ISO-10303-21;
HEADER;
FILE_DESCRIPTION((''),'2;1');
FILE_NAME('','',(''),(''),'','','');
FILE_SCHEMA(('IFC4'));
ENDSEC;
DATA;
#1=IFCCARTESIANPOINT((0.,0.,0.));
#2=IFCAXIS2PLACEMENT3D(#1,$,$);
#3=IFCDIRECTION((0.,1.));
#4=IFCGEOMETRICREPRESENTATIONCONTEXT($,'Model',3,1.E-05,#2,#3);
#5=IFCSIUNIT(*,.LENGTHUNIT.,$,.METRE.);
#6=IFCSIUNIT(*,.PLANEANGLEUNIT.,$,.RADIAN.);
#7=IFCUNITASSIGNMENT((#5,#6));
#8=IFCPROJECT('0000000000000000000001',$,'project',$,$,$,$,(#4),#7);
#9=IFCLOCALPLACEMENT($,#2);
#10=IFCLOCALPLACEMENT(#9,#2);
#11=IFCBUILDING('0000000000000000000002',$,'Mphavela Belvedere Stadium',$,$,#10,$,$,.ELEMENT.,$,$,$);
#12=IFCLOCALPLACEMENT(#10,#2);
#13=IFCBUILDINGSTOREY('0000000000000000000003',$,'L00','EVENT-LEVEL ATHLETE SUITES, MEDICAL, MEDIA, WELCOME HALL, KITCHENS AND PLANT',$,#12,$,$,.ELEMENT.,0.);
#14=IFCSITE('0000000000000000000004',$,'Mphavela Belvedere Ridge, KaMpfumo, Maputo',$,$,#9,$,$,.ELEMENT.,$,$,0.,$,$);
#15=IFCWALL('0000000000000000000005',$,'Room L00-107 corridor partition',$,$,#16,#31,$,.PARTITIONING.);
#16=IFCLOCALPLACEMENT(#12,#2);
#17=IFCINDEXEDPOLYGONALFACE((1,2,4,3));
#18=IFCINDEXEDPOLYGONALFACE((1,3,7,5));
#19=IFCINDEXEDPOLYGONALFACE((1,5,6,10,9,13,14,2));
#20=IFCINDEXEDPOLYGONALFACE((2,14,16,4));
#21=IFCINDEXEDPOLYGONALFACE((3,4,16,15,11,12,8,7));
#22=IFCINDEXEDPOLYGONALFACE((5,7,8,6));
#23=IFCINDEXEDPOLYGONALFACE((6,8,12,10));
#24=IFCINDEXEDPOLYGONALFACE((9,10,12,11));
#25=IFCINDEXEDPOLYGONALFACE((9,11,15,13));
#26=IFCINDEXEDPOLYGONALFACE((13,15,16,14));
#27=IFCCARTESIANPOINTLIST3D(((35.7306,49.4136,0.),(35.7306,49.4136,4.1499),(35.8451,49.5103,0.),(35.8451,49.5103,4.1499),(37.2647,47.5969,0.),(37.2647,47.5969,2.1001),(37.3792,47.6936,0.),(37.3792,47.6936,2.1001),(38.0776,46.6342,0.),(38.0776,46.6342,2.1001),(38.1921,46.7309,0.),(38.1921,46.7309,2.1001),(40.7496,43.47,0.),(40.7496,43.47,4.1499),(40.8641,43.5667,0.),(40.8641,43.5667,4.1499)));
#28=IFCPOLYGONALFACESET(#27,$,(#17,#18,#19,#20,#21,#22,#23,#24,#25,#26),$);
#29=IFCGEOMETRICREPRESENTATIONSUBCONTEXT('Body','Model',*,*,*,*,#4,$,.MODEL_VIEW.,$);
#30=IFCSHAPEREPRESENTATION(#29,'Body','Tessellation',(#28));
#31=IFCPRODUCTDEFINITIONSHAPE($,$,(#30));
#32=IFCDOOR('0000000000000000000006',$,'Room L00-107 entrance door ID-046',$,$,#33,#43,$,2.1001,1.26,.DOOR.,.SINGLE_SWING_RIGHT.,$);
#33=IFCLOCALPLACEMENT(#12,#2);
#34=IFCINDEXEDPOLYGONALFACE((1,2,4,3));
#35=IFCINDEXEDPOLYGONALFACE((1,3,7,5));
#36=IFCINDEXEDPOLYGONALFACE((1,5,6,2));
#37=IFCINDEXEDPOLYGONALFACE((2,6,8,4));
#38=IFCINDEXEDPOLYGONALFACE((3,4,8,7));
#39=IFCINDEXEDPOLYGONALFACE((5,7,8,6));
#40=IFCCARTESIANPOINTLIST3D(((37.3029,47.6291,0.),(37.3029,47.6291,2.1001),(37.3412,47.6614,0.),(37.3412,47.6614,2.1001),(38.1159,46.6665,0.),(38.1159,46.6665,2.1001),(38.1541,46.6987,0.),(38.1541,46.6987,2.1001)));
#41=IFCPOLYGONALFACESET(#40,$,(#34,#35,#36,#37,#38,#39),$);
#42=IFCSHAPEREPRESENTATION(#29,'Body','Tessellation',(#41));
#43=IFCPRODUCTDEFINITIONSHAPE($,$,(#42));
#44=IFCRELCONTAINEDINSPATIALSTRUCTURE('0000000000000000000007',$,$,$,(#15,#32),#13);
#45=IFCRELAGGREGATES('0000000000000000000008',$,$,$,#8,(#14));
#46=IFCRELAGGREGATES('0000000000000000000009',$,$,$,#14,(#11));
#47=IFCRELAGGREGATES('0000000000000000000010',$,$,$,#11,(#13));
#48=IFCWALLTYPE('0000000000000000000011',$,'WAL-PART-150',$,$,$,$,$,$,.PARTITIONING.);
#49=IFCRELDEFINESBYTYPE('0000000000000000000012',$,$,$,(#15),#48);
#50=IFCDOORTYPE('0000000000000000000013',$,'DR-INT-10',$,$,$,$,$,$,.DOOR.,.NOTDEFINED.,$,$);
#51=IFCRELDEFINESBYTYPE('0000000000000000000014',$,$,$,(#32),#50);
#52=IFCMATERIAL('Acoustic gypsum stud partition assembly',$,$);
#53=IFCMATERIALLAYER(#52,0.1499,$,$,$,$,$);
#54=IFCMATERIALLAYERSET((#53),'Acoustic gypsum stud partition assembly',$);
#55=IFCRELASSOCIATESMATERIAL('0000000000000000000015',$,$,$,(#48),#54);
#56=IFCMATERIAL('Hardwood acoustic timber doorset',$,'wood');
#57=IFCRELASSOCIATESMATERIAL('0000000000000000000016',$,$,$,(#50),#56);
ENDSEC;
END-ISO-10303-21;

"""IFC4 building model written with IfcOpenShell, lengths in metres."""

from ifc_helpers import new_model, si_unit, direction, frame, frame_2d, origin, place, context, subcontext, project, spatial, rectangle, extrude, material, layer, layer_set, type_object, element, fill, save


model = new_model("IFC4")

# Units and contexts
model_context = context("Model", 3, precision=1e-05, world=origin(), true_north=direction((0.0, 1.0)))
body_context = subcontext(model_context, "Body", "Model", "MODEL_VIEW")
ifc_project = project(units=[si_unit("LENGTHUNIT", "METRE"), si_unit("PLANEANGLEUNIT", "RADIAN")], contexts=[model_context])

# Site, building, storey
site_placement = place(None, origin())
site = spatial("IfcSite", under=ifc_project, at=site_placement, Name="Mphavela Belvedere Ridge, KaMpfumo, Maputo", CompositionType="ELEMENT", RefElevation=0.0)
building_placement = place(site_placement, origin())
building = spatial("IfcBuilding", under=site, at=building_placement, Name="Mphavela Belvedere Stadium", CompositionType="ELEMENT")
storey_placement = place(building_placement, origin())
storey = spatial("IfcBuildingStorey", under=building, at=storey_placement, Name="L00", Description="EVENT-LEVEL ATHLETE SUITES, MEDICAL, MEDIA, WELCOME HALL, KITCHENS AND PLANT", CompositionType="ELEMENT", Elevation=0.0)

# Wall, opening, door
ifc_material_1 = material(Name="Acoustic gypsum stud partition assembly")
ifc_layer_1 = layer(ifc_material_1, 0.1499)
ifc_layer_set_1 = layer_set([ifc_layer_1], Name="Acoustic gypsum stud partition assembly")
wall_type_1 = type_object("IfcWallType", Name="WAL-PART-150", PredefinedType="PARTITIONING", material=ifc_layer_set_1)
wall_1_placement = place(storey_placement, frame((40.8069, 43.5183, 0.0), z_axis=(0.0, 0.0, 1.0), x_axis=(-0.645181, 0.76403, 0.0)))
wall_1 = element("IfcWall", 1, at=wall_1_placement, inside=storey, type_object=wall_type_1, Name="Room L00-107 corridor partition", PredefinedType="PARTITIONING", context=body_context, shape_type="SweptSolid", body=[
    extrude(rectangle(XDim=7.7793, YDim=0.1499, at=frame_2d((3.8896, 0.0))), origin(), (0.0, 0.0, 1.0), 4.1499),
])
opening_1_placement = place(wall_1_placement, frame((4.1416, 0.0, 0.0)))
opening_1 = element("IfcOpeningElement", 2, at=opening_1_placement, cuts=wall_1, PredefinedType="OPENING", context=body_context, shape_type="SweptSolid", body=[
    extrude(rectangle(XDim=1.26, YDim=2.1001, at=frame_2d((0.6299, 1.05))), frame((0.0, 0.085, 0.0), z_axis=(0.0, -1.0, 0.0), x_axis=(1.0, 0.0, 0.0)), (0.0, 0.0, 1.0), 0.1699),
])
ifc_material_2 = material(Name="Hardwood acoustic timber doorset", Category="wood")
door_type_1 = type_object("IfcDoorType", Name="DR-INT-10", OperationType="NOTDEFINED", PredefinedType="DOOR", material=ifc_material_2)
door_1_placement = place(opening_1_placement, origin())
door_1 = element("IfcDoor", 3, at=door_1_placement, inside=storey, type_object=door_type_1, Name="Room L00-107 entrance door ID-046", OperationType="SINGLE_SWING_RIGHT", OverallHeight=2.1001, OverallWidth=1.26, PredefinedType="DOOR", context=body_context, shape_type="SweptSolid", body=[
    extrude(rectangle(XDim=1.26, YDim=2.1001, at=frame_2d((0.6299, 1.05))), frame((0.0, 0.0249, 0.0), z_axis=(0.0, -1.0, 0.0), x_axis=(1.0, 0.0, 0.0)), (0.0, 0.0, 1.0), 0.05),
])
fill(opening_1, door_1)

save(model, "model.ifc")
